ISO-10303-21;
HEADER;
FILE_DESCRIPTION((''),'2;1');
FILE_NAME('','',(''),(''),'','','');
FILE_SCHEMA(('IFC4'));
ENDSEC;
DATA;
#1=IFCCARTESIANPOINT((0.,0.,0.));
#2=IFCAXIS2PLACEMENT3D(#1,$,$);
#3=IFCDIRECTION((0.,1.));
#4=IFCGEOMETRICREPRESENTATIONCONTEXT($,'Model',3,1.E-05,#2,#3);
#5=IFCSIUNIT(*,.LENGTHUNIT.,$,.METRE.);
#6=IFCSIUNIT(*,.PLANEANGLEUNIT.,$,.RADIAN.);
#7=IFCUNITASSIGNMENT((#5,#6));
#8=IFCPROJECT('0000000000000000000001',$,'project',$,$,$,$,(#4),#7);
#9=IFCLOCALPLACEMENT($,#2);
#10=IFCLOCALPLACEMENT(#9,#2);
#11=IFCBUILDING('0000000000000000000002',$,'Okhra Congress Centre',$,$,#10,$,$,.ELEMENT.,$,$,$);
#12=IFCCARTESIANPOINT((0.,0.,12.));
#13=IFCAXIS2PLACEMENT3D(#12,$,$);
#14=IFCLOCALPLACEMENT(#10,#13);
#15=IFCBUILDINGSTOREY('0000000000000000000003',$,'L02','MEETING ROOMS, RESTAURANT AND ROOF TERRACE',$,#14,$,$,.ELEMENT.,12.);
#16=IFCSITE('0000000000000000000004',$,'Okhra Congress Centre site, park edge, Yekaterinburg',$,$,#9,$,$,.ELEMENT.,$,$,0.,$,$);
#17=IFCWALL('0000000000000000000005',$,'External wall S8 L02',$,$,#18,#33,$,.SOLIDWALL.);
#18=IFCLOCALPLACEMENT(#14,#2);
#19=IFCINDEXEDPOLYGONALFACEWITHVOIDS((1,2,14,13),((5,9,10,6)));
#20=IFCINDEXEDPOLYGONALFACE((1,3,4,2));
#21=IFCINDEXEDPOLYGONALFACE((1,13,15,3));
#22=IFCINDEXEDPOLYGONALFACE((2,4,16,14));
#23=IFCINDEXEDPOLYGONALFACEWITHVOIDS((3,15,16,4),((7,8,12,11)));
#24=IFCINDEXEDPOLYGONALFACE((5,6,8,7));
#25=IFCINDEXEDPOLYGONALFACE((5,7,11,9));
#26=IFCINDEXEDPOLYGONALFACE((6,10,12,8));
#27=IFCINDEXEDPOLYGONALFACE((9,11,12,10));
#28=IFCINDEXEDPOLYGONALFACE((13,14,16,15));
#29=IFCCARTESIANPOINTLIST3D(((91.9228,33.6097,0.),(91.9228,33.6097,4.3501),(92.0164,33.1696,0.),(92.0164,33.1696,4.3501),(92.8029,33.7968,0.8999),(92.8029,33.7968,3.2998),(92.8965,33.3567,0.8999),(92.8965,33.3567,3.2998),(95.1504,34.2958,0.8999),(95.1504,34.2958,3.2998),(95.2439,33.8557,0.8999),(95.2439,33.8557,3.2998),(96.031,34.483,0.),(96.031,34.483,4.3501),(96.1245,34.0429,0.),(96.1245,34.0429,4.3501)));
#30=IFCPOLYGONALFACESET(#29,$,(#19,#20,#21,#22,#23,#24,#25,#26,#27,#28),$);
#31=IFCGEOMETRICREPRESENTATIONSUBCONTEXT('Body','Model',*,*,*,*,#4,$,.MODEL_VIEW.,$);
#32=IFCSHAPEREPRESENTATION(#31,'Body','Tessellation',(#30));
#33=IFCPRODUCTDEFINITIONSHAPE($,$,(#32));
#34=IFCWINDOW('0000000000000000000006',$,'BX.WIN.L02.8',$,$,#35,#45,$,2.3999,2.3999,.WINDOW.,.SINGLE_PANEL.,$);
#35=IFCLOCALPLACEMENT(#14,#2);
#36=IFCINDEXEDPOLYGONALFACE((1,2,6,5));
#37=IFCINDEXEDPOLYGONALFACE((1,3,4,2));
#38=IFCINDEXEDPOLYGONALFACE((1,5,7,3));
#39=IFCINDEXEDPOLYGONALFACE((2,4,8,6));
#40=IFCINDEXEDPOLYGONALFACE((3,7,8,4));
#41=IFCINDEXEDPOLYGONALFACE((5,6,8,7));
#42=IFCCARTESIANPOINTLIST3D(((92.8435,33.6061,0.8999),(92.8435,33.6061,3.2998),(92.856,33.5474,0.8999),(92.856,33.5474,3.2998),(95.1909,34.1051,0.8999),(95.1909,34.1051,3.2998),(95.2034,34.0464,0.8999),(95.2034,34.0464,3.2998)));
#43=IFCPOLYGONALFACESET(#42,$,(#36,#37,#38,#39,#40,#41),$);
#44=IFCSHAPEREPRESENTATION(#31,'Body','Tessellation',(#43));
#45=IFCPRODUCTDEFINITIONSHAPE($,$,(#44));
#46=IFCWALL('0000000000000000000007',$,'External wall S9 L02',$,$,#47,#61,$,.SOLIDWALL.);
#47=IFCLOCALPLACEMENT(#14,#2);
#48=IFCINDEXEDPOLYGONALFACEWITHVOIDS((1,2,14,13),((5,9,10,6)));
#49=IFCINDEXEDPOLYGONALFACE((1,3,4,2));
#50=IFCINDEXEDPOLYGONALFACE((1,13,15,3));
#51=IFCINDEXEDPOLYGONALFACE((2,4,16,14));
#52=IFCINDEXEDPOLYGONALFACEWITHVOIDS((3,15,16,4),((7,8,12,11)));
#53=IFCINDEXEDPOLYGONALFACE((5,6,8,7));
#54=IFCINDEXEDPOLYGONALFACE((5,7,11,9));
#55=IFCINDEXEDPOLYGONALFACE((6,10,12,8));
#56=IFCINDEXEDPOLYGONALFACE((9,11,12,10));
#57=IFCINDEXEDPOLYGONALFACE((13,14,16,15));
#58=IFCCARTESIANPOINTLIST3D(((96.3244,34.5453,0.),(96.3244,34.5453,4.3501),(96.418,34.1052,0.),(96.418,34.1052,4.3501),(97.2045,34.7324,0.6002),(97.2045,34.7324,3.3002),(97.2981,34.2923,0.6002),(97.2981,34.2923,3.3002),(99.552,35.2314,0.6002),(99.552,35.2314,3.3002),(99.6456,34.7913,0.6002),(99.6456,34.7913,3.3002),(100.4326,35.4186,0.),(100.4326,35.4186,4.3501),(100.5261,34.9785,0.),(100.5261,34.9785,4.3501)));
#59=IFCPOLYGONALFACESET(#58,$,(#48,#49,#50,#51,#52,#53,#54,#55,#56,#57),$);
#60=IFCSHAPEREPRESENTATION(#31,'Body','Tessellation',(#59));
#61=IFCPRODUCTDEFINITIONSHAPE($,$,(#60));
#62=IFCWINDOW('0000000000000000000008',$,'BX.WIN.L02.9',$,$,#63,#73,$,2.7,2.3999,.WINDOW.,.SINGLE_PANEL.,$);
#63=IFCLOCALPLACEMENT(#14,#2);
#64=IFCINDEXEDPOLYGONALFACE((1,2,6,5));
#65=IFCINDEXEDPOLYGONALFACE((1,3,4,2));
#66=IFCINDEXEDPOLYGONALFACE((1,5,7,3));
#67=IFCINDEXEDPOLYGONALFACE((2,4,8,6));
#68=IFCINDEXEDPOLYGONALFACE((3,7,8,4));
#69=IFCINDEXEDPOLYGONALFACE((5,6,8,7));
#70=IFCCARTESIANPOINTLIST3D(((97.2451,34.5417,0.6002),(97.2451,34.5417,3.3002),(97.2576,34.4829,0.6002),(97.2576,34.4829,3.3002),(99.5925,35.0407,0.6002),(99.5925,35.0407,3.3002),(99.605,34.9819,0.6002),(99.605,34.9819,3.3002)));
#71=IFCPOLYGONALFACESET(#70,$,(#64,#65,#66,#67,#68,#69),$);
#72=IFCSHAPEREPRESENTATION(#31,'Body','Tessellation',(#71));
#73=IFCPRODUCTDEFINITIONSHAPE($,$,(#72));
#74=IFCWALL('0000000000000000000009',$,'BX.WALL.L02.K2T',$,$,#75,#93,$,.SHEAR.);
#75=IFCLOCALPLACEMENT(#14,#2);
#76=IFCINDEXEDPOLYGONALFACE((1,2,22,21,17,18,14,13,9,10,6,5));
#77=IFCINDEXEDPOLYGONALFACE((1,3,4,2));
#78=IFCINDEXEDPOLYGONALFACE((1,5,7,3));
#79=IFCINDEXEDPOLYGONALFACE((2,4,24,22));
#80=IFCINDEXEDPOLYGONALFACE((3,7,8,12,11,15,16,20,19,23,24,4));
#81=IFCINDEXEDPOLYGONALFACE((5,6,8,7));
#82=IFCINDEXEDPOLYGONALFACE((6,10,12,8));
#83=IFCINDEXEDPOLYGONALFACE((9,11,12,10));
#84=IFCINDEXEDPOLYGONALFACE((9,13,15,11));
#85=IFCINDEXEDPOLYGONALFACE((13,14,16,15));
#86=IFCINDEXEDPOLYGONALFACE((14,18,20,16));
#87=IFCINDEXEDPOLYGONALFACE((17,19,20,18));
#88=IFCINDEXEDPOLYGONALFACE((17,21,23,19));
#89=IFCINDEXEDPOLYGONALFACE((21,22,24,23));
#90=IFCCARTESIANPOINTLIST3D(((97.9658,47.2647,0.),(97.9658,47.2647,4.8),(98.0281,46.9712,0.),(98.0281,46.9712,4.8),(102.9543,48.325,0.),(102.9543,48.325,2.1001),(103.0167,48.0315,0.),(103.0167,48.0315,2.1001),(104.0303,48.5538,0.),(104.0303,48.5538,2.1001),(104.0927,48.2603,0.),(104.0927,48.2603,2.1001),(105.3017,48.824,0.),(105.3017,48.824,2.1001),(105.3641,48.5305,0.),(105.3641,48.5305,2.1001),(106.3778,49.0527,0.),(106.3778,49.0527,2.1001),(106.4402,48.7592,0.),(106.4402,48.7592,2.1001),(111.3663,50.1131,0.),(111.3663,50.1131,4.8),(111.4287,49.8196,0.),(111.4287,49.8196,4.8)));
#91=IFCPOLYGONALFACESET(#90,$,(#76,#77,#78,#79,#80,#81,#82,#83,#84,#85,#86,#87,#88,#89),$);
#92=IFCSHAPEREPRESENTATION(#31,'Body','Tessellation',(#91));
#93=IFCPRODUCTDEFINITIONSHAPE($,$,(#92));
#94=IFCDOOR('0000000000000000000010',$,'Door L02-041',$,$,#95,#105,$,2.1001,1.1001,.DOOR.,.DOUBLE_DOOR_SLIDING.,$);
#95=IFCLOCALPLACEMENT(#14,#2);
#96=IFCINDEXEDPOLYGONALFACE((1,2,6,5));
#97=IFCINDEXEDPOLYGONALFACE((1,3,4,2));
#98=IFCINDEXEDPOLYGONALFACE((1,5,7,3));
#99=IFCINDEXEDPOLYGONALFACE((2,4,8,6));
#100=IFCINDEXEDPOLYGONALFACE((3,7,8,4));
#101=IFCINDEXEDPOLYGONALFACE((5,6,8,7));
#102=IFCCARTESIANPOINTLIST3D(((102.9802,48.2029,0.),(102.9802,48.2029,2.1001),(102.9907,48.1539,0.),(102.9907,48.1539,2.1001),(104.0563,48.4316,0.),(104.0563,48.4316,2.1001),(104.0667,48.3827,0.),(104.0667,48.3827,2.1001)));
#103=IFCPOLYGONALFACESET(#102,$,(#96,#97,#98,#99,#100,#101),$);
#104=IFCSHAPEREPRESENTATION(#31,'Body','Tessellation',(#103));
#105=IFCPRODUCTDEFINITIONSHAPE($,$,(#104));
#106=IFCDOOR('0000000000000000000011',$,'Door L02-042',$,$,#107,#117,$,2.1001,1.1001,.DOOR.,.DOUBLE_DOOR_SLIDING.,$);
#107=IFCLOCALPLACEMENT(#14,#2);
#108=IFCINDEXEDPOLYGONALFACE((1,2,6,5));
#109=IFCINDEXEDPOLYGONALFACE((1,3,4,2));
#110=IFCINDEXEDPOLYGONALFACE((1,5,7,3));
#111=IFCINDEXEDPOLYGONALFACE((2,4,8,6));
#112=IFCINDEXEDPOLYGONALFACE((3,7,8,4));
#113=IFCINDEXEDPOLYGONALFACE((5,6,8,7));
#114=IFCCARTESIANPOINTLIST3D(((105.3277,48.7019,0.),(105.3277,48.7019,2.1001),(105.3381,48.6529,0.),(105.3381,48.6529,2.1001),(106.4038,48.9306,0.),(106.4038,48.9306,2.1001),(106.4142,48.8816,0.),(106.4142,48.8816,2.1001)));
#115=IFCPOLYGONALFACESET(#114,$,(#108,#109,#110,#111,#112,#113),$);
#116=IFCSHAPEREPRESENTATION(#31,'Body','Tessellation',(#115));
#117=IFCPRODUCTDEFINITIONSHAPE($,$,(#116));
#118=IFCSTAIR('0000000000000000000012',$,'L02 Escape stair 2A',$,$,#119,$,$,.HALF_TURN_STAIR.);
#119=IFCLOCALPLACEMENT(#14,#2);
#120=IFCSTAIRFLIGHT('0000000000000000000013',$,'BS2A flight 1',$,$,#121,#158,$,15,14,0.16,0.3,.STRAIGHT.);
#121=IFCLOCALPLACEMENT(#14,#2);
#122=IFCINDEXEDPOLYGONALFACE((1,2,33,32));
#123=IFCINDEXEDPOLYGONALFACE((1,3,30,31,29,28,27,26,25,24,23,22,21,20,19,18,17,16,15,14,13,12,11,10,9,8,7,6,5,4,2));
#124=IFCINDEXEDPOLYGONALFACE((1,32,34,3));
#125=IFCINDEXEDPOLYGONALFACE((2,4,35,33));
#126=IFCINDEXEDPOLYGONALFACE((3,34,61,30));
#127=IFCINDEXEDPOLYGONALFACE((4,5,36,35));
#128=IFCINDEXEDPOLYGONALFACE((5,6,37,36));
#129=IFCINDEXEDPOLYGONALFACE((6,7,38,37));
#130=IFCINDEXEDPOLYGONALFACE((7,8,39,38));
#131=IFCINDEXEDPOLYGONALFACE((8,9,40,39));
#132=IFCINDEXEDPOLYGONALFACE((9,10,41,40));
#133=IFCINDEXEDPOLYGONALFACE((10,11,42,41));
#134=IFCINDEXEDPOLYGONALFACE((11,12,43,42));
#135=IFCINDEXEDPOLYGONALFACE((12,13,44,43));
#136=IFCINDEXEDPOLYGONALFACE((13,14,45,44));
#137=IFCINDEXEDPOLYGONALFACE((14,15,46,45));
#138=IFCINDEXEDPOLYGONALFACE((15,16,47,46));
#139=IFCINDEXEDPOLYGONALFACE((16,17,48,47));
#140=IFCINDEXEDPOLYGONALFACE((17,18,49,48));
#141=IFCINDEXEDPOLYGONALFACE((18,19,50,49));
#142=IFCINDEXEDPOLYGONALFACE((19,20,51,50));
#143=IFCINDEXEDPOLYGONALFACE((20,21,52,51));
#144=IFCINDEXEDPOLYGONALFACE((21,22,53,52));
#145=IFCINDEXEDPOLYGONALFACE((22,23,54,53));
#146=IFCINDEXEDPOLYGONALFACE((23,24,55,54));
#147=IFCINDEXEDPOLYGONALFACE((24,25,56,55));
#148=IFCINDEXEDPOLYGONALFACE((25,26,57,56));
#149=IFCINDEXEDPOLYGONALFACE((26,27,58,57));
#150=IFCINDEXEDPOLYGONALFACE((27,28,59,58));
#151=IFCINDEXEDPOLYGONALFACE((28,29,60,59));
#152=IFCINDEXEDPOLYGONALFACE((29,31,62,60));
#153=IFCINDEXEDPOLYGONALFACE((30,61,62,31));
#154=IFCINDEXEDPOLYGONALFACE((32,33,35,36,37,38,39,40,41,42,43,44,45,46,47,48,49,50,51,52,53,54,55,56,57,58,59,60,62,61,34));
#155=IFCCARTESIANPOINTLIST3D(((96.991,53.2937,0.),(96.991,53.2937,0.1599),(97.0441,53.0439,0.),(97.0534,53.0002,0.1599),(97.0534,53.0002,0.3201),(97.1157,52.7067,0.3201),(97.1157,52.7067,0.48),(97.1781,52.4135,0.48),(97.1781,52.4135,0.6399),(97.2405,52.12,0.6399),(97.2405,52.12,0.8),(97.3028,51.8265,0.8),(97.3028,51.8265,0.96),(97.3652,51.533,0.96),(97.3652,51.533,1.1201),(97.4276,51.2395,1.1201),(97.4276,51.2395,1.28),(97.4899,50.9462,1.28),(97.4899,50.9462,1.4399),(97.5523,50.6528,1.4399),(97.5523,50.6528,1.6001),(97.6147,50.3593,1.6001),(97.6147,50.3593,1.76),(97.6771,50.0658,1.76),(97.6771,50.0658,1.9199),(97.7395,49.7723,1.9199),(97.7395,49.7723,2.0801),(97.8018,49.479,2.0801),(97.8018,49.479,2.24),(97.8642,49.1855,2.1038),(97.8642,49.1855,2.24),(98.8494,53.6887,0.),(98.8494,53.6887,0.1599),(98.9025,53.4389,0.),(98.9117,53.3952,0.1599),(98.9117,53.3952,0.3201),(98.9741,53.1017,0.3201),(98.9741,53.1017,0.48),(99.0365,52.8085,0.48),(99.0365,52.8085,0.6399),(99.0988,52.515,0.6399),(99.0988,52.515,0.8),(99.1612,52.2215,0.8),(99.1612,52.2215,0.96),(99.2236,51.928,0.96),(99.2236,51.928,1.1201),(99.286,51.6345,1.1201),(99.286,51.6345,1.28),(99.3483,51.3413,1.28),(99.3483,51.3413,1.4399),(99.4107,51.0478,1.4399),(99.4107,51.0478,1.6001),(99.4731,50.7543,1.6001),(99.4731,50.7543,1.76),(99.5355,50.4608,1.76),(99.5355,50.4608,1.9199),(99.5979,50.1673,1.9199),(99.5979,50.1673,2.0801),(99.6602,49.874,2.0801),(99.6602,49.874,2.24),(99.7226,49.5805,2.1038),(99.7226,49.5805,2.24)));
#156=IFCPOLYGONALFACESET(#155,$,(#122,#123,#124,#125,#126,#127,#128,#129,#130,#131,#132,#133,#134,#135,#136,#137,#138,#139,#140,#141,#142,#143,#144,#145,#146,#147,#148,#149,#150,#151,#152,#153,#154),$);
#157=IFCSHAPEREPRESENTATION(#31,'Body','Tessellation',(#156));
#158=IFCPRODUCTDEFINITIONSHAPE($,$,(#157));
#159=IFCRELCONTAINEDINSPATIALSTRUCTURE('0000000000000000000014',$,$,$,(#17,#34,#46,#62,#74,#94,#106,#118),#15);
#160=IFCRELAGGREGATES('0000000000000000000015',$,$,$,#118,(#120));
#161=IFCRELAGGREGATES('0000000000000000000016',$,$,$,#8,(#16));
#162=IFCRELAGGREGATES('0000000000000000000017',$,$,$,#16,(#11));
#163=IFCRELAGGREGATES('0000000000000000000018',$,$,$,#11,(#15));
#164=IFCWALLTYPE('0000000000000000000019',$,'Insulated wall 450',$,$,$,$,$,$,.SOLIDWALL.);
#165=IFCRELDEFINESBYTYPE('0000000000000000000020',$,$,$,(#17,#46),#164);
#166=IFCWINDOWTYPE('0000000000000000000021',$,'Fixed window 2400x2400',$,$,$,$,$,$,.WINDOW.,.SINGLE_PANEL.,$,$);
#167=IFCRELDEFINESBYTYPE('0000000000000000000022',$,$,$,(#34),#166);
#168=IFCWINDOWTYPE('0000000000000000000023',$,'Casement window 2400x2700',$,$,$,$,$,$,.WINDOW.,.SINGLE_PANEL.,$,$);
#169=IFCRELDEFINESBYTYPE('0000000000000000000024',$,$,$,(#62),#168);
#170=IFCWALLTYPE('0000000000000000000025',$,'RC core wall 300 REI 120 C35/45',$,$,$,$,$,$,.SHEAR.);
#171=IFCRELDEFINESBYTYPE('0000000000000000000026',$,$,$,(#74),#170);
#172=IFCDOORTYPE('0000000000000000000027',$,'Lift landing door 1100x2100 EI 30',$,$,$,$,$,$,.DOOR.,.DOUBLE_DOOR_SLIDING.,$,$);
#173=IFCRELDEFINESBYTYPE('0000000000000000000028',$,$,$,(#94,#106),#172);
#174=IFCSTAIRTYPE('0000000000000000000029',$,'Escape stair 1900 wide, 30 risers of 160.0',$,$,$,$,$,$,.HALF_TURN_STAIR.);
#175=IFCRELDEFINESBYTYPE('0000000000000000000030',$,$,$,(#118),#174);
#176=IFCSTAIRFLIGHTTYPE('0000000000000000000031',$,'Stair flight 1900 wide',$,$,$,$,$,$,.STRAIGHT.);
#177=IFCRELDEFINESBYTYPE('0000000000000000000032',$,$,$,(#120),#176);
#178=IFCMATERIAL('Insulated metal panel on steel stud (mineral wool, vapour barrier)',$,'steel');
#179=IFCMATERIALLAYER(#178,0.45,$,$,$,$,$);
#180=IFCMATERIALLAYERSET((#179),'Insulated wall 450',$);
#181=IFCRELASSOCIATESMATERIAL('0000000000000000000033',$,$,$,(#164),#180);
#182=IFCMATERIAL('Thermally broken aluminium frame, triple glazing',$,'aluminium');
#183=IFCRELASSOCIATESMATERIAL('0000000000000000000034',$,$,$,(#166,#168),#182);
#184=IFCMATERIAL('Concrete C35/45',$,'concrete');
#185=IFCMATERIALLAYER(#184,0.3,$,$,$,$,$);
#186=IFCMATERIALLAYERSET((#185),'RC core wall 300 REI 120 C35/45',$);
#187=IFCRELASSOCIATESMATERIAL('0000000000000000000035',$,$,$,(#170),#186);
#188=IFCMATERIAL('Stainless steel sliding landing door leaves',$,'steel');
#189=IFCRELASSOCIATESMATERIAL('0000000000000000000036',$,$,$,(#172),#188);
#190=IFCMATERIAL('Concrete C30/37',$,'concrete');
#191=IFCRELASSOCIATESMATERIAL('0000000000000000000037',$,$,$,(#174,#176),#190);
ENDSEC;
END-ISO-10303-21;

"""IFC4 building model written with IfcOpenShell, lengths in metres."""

from ifc_helpers import new_model, si_unit, direction, frame, frame_2d, origin, place, context, subcontext, project, spatial, polyline, rectangle, outline, extrude, material, layer, layer_set, type_object, element, fill, aggregate, save


model = new_model("IFC4")

# Units and contexts
model_context = context("Model", 3, precision=1e-05, world=origin(), true_north=direction((0.0, 1.0)))
body_context = subcontext(model_context, "Body", "Model", "MODEL_VIEW")
ifc_project = project(units=[si_unit("LENGTHUNIT", "METRE"), si_unit("PLANEANGLEUNIT", "RADIAN")], contexts=[model_context])

# Site, building, storey
site_placement = place(None, origin())
site = spatial("IfcSite", under=ifc_project, at=site_placement, Name="Okhra Congress Centre site, park edge, Yekaterinburg", CompositionType="ELEMENT", RefElevation=0.0)
building_placement = place(site_placement, origin())
building = spatial("IfcBuilding", under=site, at=building_placement, Name="Okhra Congress Centre", CompositionType="ELEMENT")
storey_placement = place(building_placement, frame((0.0, 0.0, 12.0)))
storey = spatial("IfcBuildingStorey", under=building, at=storey_placement, Name="L02", Description="MEETING ROOMS, RESTAURANT AND ROOF TERRACE", CompositionType="ELEMENT", Elevation=12.0)

# Walls, openings, windows
ifc_material_1 = material(Name="Insulated metal panel on steel stud (mineral wool, vapour barrier)", Category="steel")
ifc_layer_1 = layer(ifc_material_1, 0.45)
ifc_layer_set_1 = layer_set([ifc_layer_1], Name="Insulated wall 450")
wall_type_1 = type_object("IfcWallType", Name="Insulated wall 450", PredefinedType="SOLIDWALL", material=ifc_layer_set_1)
wall_1_placement = place(storey_placement, frame((91.9695, 33.3896, 0.0), z_axis=(0.0, 0.0, 1.0), x_axis=(0.978144, 0.207929, 0.0)))
wall_1 = element("IfcWall", 1, at=wall_1_placement, inside=storey, type_object=wall_type_1, Name="External wall S8 L02", PredefinedType="SOLIDWALL", context=body_context, shape_type="SweptSolid", body=[
    extrude(rectangle(XDim=4.2, YDim=0.45, at=frame_2d((2.1001, 0.0))), origin(), (0.0, 0.0, 1.0), 4.3501),
])
opening_1_placement = place(wall_1_placement, frame((0.8999, 0.0, 0.8999)))
opening_1 = element("IfcOpeningElement", 2, at=opening_1_placement, cuts=wall_1, PredefinedType="OPENING", context=body_context, shape_type="SweptSolid", body=[
    extrude(rectangle(XDim=2.3999, YDim=2.3999, at=frame_2d((1.2, 1.2))), frame((0.0, 0.2349, 0.0), z_axis=(0.0, -1.0, 0.0), x_axis=(1.0, 0.0, 0.0)), (0.0, 0.0, 1.0), 0.47),
])
ifc_material_2 = material(Name="Thermally broken aluminium frame, triple glazing", Category="aluminium")
window_type_1 = type_object("IfcWindowType", Name="Fixed window 2400x2400", PartitioningType="SINGLE_PANEL", PredefinedType="WINDOW", material=ifc_material_2)
window_1_placement = place(opening_1_placement, origin())
window_1 = element("IfcWindow", 3, at=window_1_placement, inside=storey, type_object=window_type_1, Name="BX.WIN.L02.8", OverallHeight=2.3999, OverallWidth=2.3999, PartitioningType="SINGLE_PANEL", PredefinedType="WINDOW", context=body_context, shape_type="SweptSolid", body=[
    extrude(rectangle(XDim=2.3999, YDim=2.3999, at=frame_2d((1.2, 1.2))), frame((0.0, 0.03, 0.0), z_axis=(0.0, -1.0, 0.0), x_axis=(1.0, 0.0, 0.0)), (0.0, 0.0, 1.0), 0.0601),
])
fill(opening_1, window_1)
wall_2_placement = place(storey_placement, frame((96.3711, 34.3252, 0.0), z_axis=(0.0, 0.0, 1.0), x_axis=(0.978144, 0.207929, 0.0)))
wall_2 = element("IfcWall", 4, at=wall_2_placement, inside=storey, type_object=wall_type_1, Name="External wall S9 L02", PredefinedType="SOLIDWALL", context=body_context, shape_type="SweptSolid", body=[
    extrude(rectangle(XDim=4.2, YDim=0.45, at=frame_2d((2.1001, 0.0))), origin(), (0.0, 0.0, 1.0), 4.3501),
])
opening_2_placement = place(wall_2_placement, frame((0.8999, 0.0, 0.6001)))
opening_2 = element("IfcOpeningElement", 5, at=opening_2_placement, cuts=wall_2, PredefinedType="OPENING", context=body_context, shape_type="SweptSolid", body=[
    extrude(rectangle(XDim=2.3999, YDim=2.7, at=frame_2d((1.2, 1.3501))), frame((0.0, 0.2349, 0.0), z_axis=(0.0, -1.0, 0.0), x_axis=(1.0, 0.0, 0.0)), (0.0, 0.0, 1.0), 0.47),
])
window_type_2 = type_object("IfcWindowType", Name="Casement window 2400x2700", PartitioningType="SINGLE_PANEL", PredefinedType="WINDOW", material=ifc_material_2)
window_2_placement = place(opening_2_placement, origin())
window_2 = element("IfcWindow", 6, at=window_2_placement, inside=storey, type_object=window_type_2, Name="BX.WIN.L02.9", OverallHeight=2.7, OverallWidth=2.3999, PartitioningType="SINGLE_PANEL", PredefinedType="WINDOW", context=body_context, shape_type="SweptSolid", body=[
    extrude(rectangle(XDim=2.3999, YDim=2.7, at=frame_2d((1.2, 1.3501))), frame((0.0, 0.03, 0.0), z_axis=(0.0, -1.0, 0.0), x_axis=(1.0, 0.0, 0.0)), (0.0, 0.0, 1.0), 0.0601),
])
fill(opening_2, window_2)

# Wall, openings, doors
ifc_material_3 = material(Name="Concrete C35/45", Category="concrete")
ifc_layer_2 = layer(ifc_material_3, 0.3)
ifc_layer_set_2 = layer_set([ifc_layer_2], Name="RC core wall 300 REI 120 C35/45")
wall_type_2 = type_object("IfcWallType", Name="RC core wall 300 REI 120 C35/45", PredefinedType="SHEAR", material=ifc_layer_set_2)
wall_3_placement = place(storey_placement, frame((97.9968, 47.1179, 0.0), z_axis=(0.0, 0.0, 1.0), x_axis=(0.978148, 0.207911, 0.0)))
wall_3 = element("IfcWall", 7, at=wall_3_placement, inside=storey, type_object=wall_type_2, Name="BX.WALL.L02.K2T", PredefinedType="SHEAR", context=body_context, shape_type="SweptSolid", body=[
    extrude(rectangle(XDim=13.7, YDim=0.3, at=frame_2d((6.8501, 0.0))), origin(), (0.0, 0.0, 1.0), 4.8),
])
opening_3_placement = place(wall_3_placement, frame((5.1001, 0.0, 0.0)))
opening_3 = element("IfcOpeningElement", 8, at=opening_3_placement, cuts=wall_3, PredefinedType="OPENING", context=body_context, shape_type="SweptSolid", body=[
    extrude(rectangle(XDim=1.1001, YDim=2.1001, at=frame_2d((0.55, 1.05))), frame((0.0, 0.1599, 0.0), z_axis=(0.0, -1.0, 0.0), x_axis=(1.0, 0.0, 0.0)), (0.0, 0.0, 1.0), 0.3201),
])
opening_4_placement = place(wall_3_placement, frame((7.5, 0.0, 0.0)))
opening_4 = element("IfcOpeningElement", 9, at=opening_4_placement, cuts=wall_3, PredefinedType="OPENING", context=body_context, shape_type="SweptSolid", body=[
    extrude(rectangle(XDim=1.1001, YDim=2.1001, at=frame_2d((0.55, 1.05))), frame((0.0, 0.1599, 0.0), z_axis=(0.0, -1.0, 0.0), x_axis=(1.0, 0.0, 0.0)), (0.0, 0.0, 1.0), 0.3201),
])
ifc_material_4 = material(Name="Stainless steel sliding landing door leaves", Category="steel")
door_type = type_object("IfcDoorType", Name="Lift landing door 1100x2100 EI 30", OperationType="DOUBLE_DOOR_SLIDING", PredefinedType="DOOR", material=ifc_material_4)
door_1_placement = place(opening_3_placement, frame((1.1001, 0.0, 0.0), z_axis=(0.0, 0.0, 1.0), x_axis=(-1.0, 0.0, 0.0)))
door_1 = element("IfcDoor", 10, at=door_1_placement, inside=storey, type_object=door_type, Name="Door L02-041", OperationType="DOUBLE_DOOR_SLIDING", OverallHeight=2.1001, OverallWidth=1.1001, PredefinedType="DOOR", context=body_context, shape_type="SweptSolid", body=[
    extrude(rectangle(XDim=1.1001, YDim=2.1001, at=frame_2d((0.55, 1.05))), frame((0.0, 0.0249, 0.0), z_axis=(0.0, -1.0, 0.0), x_axis=(1.0, 0.0, 0.0)), (0.0, 0.0, 1.0), 0.05),
])
fill(opening_3, door_1)
door_2_placement = place(opening_4_placement, frame((1.1001, 0.0, 0.0), z_axis=(0.0, 0.0, 1.0), x_axis=(-1.0, 0.0, 0.0)))
door_2 = element("IfcDoor", 11, at=door_2_placement, inside=storey, type_object=door_type, Name="Door L02-042", OperationType="DOUBLE_DOOR_SLIDING", OverallHeight=2.1001, OverallWidth=1.1001, PredefinedType="DOOR", context=body_context, shape_type="SweptSolid", body=[
    extrude(rectangle(XDim=1.1001, YDim=2.1001, at=frame_2d((0.55, 1.05))), frame((0.0, 0.0249, 0.0), z_axis=(0.0, -1.0, 0.0), x_axis=(1.0, 0.0, 0.0)), (0.0, 0.0, 1.0), 0.05),
])
fill(opening_4, door_2)

# Stair, stair flight
ifc_material_5 = material(Name="Concrete C30/37", Category="concrete")
stair_type = type_object("IfcStairType", Name="Escape stair 1900 wide, 30 risers of 160.0", PredefinedType="HALF_TURN_STAIR", material=ifc_material_5)
stair_placement = place(storey_placement, origin())
stair = element("IfcStair", 12, at=stair_placement, inside=storey, type_object=stair_type, Name="L02 Escape stair 2A", PredefinedType="HALF_TURN_STAIR")
stair_flight_type = type_object("IfcStairFlightType", Name="Stair flight 1900 wide", PredefinedType="STRAIGHT", material=ifc_material_5)
stair_flight_placement = place(storey_placement, frame((97.9202, 53.4912, 0.0), z_axis=(0.0, 0.0, 1.0), x_axis=(0.207912, -0.978148, 0.0)))
stair_flight = element("IfcStairFlight", 13, at=stair_flight_placement, type_object=stair_flight_type, Name="BS2A flight 1", NumberOfRisers=15, NumberOfTreads=14, PredefinedType="STRAIGHT", RiserHeight=0.16, TreadLength=0.3, context=body_context, shape_type="SweptSolid", body=[
    extrude(outline(polyline([(0.0, 0.0), (0.0, 0.1599), (0.3, 0.1599), (0.3, 0.3201), (0.6001, 0.3201), (0.6001, 0.48), (0.8999, 0.48), (0.8999, 0.6399), (1.2, 0.6399), (1.2, 0.8), (1.5, 0.8), (1.5, 0.96), (1.8, 0.96), (1.8, 1.1201), (2.1001, 1.1201), (2.1001, 1.28), (2.3999, 1.28), (2.3999, 1.4399), (2.7, 1.4399), (2.7, 1.6001), (3.0, 1.6001), (3.0, 1.76), (3.3, 1.76), (3.3, 1.9199), (3.6001, 1.9199), (3.6001, 2.0801), (3.8999, 2.0801), (3.8999, 2.24), (4.2, 2.24), (4.2, 2.3999), (4.2, 2.1038), (0.2554, 0.0), (0.0, 0.0)])), frame((0.0, 0.95, 0.0), z_axis=(0.0, -1.0, 0.0), x_axis=(1.0, 0.0, 0.0)), (0.0, 0.0, 1.0), 1.8999),
])
aggregate(stair, [stair_flight])

save(model, "model.ifc")
